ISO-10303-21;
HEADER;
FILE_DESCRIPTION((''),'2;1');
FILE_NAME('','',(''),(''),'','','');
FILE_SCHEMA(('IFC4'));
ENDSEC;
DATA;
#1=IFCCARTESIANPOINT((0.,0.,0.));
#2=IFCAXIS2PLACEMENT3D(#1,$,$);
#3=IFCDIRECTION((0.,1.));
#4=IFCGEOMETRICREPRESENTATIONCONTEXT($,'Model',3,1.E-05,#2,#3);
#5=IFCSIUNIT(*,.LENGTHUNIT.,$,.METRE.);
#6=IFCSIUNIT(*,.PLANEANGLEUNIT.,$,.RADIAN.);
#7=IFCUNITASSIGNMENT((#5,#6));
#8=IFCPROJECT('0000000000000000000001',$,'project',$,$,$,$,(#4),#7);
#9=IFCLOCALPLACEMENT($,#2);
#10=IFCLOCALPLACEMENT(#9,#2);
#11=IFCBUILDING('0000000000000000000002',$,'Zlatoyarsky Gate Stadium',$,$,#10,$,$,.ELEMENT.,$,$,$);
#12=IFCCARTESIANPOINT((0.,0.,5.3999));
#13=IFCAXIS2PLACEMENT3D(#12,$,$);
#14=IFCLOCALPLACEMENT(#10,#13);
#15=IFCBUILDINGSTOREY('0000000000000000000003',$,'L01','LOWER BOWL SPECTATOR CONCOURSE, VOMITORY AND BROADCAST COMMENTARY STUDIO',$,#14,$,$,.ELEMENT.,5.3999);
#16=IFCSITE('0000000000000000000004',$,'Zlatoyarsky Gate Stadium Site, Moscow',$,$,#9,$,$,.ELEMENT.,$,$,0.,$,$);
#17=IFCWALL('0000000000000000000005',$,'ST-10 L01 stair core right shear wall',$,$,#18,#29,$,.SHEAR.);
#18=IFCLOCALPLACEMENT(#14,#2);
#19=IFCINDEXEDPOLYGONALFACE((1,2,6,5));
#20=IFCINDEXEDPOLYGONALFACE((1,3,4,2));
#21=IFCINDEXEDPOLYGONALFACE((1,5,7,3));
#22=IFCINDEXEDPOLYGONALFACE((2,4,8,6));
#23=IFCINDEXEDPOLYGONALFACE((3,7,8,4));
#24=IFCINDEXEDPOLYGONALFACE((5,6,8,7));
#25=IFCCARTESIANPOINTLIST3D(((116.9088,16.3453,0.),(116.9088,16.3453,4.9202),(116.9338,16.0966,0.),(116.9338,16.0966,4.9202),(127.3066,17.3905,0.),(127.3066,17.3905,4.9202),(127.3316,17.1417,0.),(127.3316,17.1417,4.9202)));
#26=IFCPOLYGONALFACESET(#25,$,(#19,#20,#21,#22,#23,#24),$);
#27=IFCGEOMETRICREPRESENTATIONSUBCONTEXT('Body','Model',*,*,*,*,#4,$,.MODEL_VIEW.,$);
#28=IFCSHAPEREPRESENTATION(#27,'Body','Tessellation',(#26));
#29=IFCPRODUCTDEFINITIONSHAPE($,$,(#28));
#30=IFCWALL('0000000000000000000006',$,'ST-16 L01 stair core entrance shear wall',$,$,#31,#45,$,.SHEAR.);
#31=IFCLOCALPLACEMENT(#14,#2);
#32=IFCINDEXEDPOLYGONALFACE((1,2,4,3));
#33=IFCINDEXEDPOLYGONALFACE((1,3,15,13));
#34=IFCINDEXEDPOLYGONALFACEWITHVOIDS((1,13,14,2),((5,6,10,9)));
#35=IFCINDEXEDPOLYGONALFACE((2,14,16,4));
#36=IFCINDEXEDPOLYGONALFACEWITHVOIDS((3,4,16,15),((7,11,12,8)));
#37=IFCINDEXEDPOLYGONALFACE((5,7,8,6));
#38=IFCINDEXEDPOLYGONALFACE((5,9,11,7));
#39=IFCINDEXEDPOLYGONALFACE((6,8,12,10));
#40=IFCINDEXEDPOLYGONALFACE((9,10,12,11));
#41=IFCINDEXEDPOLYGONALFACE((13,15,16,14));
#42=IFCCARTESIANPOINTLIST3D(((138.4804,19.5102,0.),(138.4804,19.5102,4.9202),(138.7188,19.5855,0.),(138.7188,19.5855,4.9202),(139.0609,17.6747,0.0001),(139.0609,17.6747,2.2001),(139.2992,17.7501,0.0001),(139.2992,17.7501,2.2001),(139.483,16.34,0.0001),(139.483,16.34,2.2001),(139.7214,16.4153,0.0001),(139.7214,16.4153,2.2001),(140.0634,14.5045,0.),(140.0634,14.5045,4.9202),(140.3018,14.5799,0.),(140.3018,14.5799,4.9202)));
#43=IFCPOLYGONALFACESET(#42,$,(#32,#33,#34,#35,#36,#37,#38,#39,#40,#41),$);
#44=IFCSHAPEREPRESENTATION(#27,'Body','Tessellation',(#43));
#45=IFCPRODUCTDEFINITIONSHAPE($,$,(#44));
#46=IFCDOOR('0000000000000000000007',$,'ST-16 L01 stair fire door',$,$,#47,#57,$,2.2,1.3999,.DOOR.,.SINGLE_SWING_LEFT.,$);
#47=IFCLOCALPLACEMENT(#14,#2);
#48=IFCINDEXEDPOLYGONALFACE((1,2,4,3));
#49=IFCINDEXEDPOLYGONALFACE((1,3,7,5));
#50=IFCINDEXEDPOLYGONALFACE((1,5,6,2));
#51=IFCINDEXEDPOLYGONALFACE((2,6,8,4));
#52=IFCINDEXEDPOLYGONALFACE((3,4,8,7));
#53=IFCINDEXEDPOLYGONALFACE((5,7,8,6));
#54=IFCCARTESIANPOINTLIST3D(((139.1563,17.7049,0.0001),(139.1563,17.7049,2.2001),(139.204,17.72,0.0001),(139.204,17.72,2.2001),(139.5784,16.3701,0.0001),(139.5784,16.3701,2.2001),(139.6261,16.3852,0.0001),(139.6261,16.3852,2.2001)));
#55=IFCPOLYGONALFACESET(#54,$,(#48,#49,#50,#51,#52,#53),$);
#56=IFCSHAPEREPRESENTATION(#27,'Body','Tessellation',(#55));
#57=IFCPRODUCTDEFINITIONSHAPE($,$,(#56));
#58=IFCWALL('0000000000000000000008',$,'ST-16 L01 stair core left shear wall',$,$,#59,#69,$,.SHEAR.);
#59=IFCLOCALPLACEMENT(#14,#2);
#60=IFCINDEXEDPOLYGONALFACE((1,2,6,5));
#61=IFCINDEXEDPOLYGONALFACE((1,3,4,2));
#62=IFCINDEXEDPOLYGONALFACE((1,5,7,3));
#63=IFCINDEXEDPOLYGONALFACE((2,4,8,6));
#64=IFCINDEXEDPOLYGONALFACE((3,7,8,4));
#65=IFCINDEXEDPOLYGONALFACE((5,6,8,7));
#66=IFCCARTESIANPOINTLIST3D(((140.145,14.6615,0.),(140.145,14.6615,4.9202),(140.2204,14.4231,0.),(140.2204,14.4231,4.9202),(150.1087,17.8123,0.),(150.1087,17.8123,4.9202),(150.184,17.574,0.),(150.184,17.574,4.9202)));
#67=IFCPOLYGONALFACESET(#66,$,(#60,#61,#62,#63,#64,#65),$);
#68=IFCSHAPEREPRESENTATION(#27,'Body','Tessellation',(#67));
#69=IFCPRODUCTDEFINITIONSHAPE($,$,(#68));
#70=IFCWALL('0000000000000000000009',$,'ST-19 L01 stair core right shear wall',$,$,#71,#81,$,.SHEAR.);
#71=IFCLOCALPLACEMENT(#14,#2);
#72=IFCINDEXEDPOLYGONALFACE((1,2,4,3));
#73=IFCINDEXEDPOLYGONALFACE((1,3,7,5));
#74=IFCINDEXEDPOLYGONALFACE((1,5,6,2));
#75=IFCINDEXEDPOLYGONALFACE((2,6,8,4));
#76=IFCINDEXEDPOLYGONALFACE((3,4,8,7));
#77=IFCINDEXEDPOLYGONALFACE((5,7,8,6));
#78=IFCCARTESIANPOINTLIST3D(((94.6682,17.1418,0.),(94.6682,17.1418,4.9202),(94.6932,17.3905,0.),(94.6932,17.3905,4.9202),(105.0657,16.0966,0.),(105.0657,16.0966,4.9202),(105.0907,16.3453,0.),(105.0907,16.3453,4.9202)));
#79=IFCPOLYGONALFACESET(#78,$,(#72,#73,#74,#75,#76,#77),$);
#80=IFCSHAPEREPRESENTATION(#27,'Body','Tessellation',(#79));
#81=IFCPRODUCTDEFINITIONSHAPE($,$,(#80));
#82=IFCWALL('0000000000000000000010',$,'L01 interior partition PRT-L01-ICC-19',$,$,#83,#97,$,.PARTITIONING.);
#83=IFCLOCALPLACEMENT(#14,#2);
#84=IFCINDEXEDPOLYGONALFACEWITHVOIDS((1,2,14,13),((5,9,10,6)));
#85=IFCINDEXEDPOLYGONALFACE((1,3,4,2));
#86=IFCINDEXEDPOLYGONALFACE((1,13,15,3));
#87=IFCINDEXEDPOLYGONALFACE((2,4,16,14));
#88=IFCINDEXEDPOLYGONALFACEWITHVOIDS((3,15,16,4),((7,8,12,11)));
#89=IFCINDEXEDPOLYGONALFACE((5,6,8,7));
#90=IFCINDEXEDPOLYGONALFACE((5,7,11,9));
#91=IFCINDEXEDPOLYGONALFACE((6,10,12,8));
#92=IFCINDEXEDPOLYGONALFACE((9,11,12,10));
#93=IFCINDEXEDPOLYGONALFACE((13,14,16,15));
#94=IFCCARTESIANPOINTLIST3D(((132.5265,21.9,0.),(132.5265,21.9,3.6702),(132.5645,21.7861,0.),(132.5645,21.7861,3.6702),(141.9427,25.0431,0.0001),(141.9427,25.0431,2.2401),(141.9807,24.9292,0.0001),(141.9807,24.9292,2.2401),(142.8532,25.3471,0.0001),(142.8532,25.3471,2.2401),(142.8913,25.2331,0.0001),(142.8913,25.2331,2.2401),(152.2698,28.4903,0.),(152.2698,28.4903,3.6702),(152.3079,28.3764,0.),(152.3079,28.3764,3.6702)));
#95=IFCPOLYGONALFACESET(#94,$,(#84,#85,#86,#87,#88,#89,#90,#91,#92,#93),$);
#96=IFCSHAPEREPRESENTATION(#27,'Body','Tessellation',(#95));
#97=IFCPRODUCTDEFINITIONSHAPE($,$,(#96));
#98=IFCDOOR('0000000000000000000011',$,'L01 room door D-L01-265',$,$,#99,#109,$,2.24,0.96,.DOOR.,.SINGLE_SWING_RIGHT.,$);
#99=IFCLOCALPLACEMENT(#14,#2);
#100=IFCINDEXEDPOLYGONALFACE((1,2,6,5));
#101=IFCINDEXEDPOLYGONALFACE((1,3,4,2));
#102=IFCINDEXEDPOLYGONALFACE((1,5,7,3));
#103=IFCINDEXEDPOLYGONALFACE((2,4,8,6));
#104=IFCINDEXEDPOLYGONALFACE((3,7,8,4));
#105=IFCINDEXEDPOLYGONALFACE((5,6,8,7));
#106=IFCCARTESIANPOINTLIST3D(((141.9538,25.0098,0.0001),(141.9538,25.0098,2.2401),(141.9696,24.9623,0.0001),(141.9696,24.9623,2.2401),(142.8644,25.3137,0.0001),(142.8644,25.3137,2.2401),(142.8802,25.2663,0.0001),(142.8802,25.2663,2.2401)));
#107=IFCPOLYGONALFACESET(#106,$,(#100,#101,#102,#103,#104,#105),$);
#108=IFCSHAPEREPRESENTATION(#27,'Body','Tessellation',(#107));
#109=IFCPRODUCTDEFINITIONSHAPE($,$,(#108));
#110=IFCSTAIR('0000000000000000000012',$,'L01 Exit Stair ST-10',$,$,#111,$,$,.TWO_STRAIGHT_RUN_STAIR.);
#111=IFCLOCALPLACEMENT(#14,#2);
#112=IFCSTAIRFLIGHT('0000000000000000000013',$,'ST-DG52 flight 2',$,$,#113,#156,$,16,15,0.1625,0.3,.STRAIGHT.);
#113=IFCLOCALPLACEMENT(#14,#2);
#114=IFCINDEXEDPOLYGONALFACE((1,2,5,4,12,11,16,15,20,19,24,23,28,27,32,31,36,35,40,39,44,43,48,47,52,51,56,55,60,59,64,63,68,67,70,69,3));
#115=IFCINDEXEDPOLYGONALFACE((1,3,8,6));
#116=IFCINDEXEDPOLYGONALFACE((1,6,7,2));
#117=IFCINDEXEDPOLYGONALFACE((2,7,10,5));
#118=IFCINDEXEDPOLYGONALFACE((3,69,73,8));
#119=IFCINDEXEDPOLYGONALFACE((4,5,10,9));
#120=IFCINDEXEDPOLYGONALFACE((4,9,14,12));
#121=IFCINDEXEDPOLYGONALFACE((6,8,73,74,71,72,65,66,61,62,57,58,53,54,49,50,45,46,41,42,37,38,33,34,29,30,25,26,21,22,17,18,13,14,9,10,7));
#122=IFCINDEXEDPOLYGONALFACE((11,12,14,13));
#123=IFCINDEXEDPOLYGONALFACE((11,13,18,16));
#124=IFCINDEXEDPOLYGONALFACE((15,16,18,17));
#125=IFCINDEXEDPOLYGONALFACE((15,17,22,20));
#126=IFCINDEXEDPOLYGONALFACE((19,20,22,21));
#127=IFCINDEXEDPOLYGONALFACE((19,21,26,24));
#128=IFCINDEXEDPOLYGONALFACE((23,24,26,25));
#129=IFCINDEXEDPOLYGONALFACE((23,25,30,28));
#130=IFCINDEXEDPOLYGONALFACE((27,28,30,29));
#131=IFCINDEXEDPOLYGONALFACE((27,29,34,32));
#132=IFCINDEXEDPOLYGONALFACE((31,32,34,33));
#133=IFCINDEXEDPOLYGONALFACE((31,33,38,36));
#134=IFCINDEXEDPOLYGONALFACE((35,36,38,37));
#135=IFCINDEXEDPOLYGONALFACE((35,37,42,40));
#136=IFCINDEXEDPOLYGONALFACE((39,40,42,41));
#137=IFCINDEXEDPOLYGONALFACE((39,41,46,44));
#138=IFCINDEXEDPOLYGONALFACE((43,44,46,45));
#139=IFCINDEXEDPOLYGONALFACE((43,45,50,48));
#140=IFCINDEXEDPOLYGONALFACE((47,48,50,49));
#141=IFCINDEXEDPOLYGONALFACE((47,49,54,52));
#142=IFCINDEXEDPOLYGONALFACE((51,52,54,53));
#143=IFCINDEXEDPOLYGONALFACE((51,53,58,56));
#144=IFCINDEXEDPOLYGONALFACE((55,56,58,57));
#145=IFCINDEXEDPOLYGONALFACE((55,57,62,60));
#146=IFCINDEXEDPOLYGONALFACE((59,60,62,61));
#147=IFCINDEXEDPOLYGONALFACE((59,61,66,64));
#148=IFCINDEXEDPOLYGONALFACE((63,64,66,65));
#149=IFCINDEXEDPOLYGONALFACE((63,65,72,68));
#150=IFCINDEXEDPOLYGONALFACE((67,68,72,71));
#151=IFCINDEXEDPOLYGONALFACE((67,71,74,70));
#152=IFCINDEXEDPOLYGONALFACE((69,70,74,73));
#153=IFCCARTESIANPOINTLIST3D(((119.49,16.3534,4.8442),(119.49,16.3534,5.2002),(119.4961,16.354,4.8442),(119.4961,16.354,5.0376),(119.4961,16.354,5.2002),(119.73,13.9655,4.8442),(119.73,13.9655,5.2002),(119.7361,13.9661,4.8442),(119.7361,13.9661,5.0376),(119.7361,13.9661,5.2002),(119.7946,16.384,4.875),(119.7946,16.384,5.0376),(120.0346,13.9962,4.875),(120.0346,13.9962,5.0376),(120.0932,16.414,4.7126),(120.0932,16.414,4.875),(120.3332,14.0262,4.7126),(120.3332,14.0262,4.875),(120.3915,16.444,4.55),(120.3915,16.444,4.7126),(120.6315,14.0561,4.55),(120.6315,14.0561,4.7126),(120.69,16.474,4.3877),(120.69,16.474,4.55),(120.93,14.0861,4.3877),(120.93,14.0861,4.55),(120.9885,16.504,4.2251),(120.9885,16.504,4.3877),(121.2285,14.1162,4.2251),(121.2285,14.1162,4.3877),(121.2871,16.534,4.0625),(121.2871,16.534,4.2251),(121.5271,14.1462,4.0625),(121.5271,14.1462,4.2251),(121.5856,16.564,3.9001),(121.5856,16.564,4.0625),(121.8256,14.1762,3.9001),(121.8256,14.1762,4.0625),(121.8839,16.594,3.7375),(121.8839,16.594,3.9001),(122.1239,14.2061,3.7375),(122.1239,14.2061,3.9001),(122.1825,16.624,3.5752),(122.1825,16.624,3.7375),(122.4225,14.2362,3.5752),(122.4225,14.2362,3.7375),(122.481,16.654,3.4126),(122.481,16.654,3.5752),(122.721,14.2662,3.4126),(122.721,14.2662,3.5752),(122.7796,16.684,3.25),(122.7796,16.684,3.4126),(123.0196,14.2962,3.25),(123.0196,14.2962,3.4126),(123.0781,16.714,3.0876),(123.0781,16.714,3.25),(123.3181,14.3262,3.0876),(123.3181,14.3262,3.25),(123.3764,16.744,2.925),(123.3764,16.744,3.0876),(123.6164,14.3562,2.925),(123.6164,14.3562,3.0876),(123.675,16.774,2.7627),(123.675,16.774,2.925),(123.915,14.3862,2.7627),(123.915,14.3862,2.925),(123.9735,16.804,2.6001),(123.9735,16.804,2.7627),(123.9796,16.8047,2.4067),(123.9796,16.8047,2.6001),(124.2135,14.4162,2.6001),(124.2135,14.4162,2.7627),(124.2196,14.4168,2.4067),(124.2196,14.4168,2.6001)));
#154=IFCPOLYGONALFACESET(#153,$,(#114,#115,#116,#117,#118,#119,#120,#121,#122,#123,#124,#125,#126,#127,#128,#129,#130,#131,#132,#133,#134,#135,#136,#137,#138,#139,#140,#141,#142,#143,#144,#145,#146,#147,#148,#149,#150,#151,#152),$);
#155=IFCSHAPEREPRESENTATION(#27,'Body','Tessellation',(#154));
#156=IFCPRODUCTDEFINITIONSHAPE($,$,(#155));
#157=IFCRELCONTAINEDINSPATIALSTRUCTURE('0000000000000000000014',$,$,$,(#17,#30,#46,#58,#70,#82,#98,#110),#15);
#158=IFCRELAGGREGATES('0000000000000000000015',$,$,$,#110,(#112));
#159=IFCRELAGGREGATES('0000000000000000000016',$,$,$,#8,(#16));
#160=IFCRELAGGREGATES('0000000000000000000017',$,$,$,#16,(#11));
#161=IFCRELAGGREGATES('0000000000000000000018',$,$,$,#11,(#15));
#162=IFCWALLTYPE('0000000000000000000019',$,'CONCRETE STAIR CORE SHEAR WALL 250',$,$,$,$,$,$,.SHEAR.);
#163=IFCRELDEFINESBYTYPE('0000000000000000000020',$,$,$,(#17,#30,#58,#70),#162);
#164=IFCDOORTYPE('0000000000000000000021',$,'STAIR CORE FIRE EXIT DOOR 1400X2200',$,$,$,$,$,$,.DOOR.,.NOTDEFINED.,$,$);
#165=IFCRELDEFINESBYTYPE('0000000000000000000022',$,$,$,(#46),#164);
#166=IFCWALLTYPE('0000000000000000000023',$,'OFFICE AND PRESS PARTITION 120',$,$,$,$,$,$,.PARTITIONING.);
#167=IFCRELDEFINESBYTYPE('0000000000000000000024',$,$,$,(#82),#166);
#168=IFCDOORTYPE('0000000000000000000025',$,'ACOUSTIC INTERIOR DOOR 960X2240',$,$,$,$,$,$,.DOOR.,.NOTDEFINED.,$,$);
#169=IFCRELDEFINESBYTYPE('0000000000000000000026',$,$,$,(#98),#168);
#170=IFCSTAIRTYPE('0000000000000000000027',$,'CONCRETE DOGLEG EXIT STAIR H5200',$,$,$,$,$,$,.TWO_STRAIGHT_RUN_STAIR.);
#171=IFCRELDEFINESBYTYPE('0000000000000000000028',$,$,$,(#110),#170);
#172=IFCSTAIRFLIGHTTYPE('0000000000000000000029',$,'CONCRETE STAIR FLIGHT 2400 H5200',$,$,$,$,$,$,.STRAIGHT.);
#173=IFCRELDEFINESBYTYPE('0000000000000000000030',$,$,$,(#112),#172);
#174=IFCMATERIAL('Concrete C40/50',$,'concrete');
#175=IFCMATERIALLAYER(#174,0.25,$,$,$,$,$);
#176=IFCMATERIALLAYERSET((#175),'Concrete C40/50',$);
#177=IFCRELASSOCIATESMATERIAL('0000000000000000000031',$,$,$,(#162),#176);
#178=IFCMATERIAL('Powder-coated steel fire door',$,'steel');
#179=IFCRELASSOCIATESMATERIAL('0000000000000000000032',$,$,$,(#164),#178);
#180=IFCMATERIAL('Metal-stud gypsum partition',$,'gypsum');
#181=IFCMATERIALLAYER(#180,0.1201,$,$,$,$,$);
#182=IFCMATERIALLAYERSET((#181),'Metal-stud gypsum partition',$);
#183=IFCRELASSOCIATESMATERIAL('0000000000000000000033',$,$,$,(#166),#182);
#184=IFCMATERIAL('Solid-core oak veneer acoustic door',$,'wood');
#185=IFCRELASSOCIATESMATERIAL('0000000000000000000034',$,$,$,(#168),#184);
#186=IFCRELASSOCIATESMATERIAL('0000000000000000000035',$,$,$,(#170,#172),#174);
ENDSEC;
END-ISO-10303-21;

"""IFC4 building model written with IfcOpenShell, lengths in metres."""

from ifc_helpers import new_model, si_unit, direction, frame, frame_2d, origin, place, context, subcontext, project, spatial, polyline, rectangle, outline, extrude, material, layer, layer_set, type_object, element, fill, aggregate, save


model = new_model("IFC4")

# Units and contexts
model_context = context("Model", 3, precision=1e-05, world=origin(), true_north=direction((0.0, 1.0)))
body_context = subcontext(model_context, "Body", "Model", "MODEL_VIEW")
ifc_project = project(units=[si_unit("LENGTHUNIT", "METRE"), si_unit("PLANEANGLEUNIT", "RADIAN")], contexts=[model_context])

# Site, building, storey
site_placement = place(None, origin())
site = spatial("IfcSite", under=ifc_project, at=site_placement, Name="Zlatoyarsky Gate Stadium Site, Moscow", CompositionType="ELEMENT", RefElevation=0.0)
building_placement = place(site_placement, origin())
building = spatial("IfcBuilding", under=site, at=building_placement, Name="Zlatoyarsky Gate Stadium", CompositionType="ELEMENT")
storey_placement = place(building_placement, frame((0.0, 0.0, 5.3999)))
storey = spatial("IfcBuildingStorey", under=building, at=storey_placement, Name="L01", Description="LOWER BOWL SPECTATOR CONCOURSE, VOMITORY AND BROADCAST COMMENTARY STUDIO", CompositionType="ELEMENT", Elevation=5.3999)

# Shared definitions
ifc_material_1 = material(Name="Concrete C40/50", Category="concrete")

# Shared definitions
ifc_material_2 = material(Name="Powder-coated steel fire door", Category="steel")
ifc_layer_1 = layer(ifc_material_1, 0.25)
ifc_layer_set_1 = layer_set([ifc_layer_1], Name="Concrete C40/50")
wall_type_1 = type_object("IfcWallType", Name="CONCRETE STAIR CORE SHEAR WALL 250", PredefinedType="SHEAR", material=ifc_layer_set_1)
door_type_1 = type_object("IfcDoorType", Name="STAIR CORE FIRE EXIT DOOR 1400X2200", OperationType="NOTDEFINED", PredefinedType="DOOR", material=ifc_material_2)

# Wall
wall_1_placement = place(storey_placement, frame((127.3191, 17.2661, 0.0), z_axis=(0.0, 0.0, 1.0), x_axis=(-0.994986, -0.100015, 0.0)))
element("IfcWall", 1, at=wall_1_placement, inside=storey, type_object=wall_type_1, Name="ST-10 L01 stair core right shear wall", PredefinedType="SHEAR", context=body_context, shape_type="SweptSolid", body=[
    extrude(rectangle(XDim=10.4502, YDim=0.25, at=frame_2d((5.2251, 0.0))), origin(), (0.0, 0.0, 1.0), 4.9202),
])

# Wall, opening, door
wall_2_placement = place(storey_placement, frame((138.5996, 19.5479, 0.0), z_axis=(0.0, 0.0, 1.0), x_axis=(0.301527, -0.953457, 0.0)))
wall_2 = element("IfcWall", 2, at=wall_2_placement, inside=storey, type_object=wall_type_1, Name="ST-16 L01 stair core entrance shear wall", PredefinedType="SHEAR", context=body_context, shape_type="SweptSolid", body=[
    extrude(rectangle(XDim=5.25, YDim=0.25, at=frame_2d((2.625, 0.0))), origin(), (0.0, 0.0, 1.0), 4.9202),
])
opening_1_placement = place(wall_2_placement, frame((1.925, 0.0, 0.0)))
opening_1 = element("IfcOpeningElement", 3, at=opening_1_placement, cuts=wall_2, PredefinedType="OPENING", context=body_context, shape_type="SweptSolid", body=[
    extrude(rectangle(XDim=1.3999, YDim=2.2, at=frame_2d((0.7, 1.1001))), frame((0.0, 0.135, 0.0), z_axis=(0.0, -1.0, 0.0), x_axis=(1.0, 0.0, 0.0)), (0.0, 0.0, 1.0), 0.27),
])
door_1_placement = place(opening_1_placement, frame((1.3999, 0.0, 0.0), z_axis=(0.0, 0.0, 1.0), x_axis=(-1.0, 0.0, 0.0)))
door_1 = element("IfcDoor", 4, at=door_1_placement, inside=storey, type_object=door_type_1, Name="ST-16 L01 stair fire door", OperationType="SINGLE_SWING_LEFT", OverallHeight=2.2, OverallWidth=1.3999, PredefinedType="DOOR", context=body_context, shape_type="SweptSolid", body=[
    extrude(rectangle(XDim=1.3999, YDim=2.2, at=frame_2d((0.7, 1.1001))), frame((0.0, 0.0249, 0.0), z_axis=(0.0, -1.0, 0.0), x_axis=(1.0, 0.0, 0.0)), (0.0, 0.0, 1.0), 0.05),
])
fill(opening_1, door_1)

# Walls
for number, where, z_axis, x_axis, name in (
    (5, (140.1826, 14.5422, 0.0), (0.0, 0.0, 1.0), (0.95346, 0.30152, 0.0), "ST-16 L01 stair core left shear wall"),
    (6, (105.0784, 16.2209, 0.0), (0.0, 0.0, 1.0), (-0.994986, 0.100017, 0.0), "ST-19 L01 stair core right shear wall"),
):
    element("IfcWall", number, at=place(storey_placement, frame(where, z_axis=z_axis, x_axis=x_axis)), inside=storey, type_object=wall_type_1, Name=name, PredefinedType="SHEAR", context=body_context, shape_type="SweptSolid", body=[
        extrude(rectangle(XDim=10.45, YDim=0.25, at=frame_2d((5.2251, 0.0))), origin(), (0.0, 0.0, 1.0), 4.9202),
    ])

# Wall, opening, door
ifc_material_3 = material(Name="Metal-stud gypsum partition", Category="gypsum")
ifc_layer_2 = layer(ifc_material_3, 0.1201)
ifc_layer_set_2 = layer_set([ifc_layer_2], Name="Metal-stud gypsum partition")
wall_type_2 = type_object("IfcWallType", Name="OFFICE AND PRESS PARTITION 120", PredefinedType="PARTITIONING", material=ifc_layer_set_2)
wall_3_placement = place(storey_placement, frame((132.5454, 21.843, 0.0), z_axis=(0.0, 0.0, 1.0), x_axis=(0.948551, 0.316625, 0.0)))
wall_3 = element("IfcWall", 7, at=wall_3_placement, inside=storey, type_object=wall_type_2, Name="L01 interior partition PRT-L01-ICC-19", PredefinedType="PARTITIONING", context=body_context, shape_type="SweptSolid", body=[
    extrude(rectangle(XDim=20.8142, YDim=0.1201, at=frame_2d((10.4072, 0.0))), origin(), (0.0, 0.0, 1.0), 3.6702),
])
opening_2_placement = place(wall_3_placement, frame((9.927, 0.0, 0.0)))
opening_2 = element("IfcOpeningElement", 8, at=opening_2_placement, cuts=wall_3, PredefinedType="OPENING", context=body_context, shape_type="SweptSolid", body=[
    extrude(rectangle(XDim=0.96, YDim=2.24, at=frame_2d((0.48, 1.1201))), frame((0.0, 0.0701, 0.0), z_axis=(0.0, -1.0, 0.0), x_axis=(1.0, 0.0, 0.0)), (0.0, 0.0, 1.0), 0.1401),
])
ifc_material_4 = material(Name="Solid-core oak veneer acoustic door", Category="wood")
door_type_2 = type_object("IfcDoorType", Name="ACOUSTIC INTERIOR DOOR 960X2240", OperationType="NOTDEFINED", PredefinedType="DOOR", material=ifc_material_4)
door_2_placement = place(opening_2_placement, origin())
door_2 = element("IfcDoor", 9, at=door_2_placement, inside=storey, type_object=door_type_2, Name="L01 room door D-L01-265", OperationType="SINGLE_SWING_RIGHT", OverallHeight=2.24, OverallWidth=0.96, PredefinedType="DOOR", context=body_context, shape_type="SweptSolid", body=[
    extrude(rectangle(XDim=0.96, YDim=2.24, at=frame_2d((0.48, 1.1201))), frame((0.0, 0.0249, 0.0), z_axis=(0.0, -1.0, 0.0), x_axis=(1.0, 0.0, 0.0)), (0.0, 0.0, 1.0), 0.05),
])
fill(opening_2, door_2)

# Stair, stair flight
stair_type = type_object("IfcStairType", Name="CONCRETE DOGLEG EXIT STAIR H5200", PredefinedType="TWO_STRAIGHT_RUN_STAIR", material=ifc_material_1)
stair_1_placement = place(storey_placement, origin())
stair_1 = element("IfcStair", 10, at=stair_1_placement, inside=storey, type_object=stair_type, Name="L01 Exit Stair ST-10", PredefinedType="TWO_STRAIGHT_RUN_STAIR")
stair_flight_type = type_object("IfcStairFlightType", Name="CONCRETE STAIR FLIGHT 2400 H5200", PredefinedType="STRAIGHT", material=ifc_material_1)
stair_flight_1_placement = place(storey_placement, frame((124.0935, 15.6101, 2.6001), z_axis=(0.0, 0.0, 1.0), x_axis=(-0.994987, -0.100006, 0.0)))
stair_flight_1 = element("IfcStairFlight", 11, at=stair_flight_1_placement, type_object=stair_flight_type, Name="ST-DG52 flight 2", NumberOfRisers=16, NumberOfTreads=15, PredefinedType="STRAIGHT", RiserHeight=0.1625, TreadLength=0.3, context=body_context, shape_type="SweptSolid", body=[
    extrude(outline(polyline([(-0.0061, -0.1934), (-0.0061, 0.0), (0.0, 0.0), (0.0, 0.1626), (0.3, 0.1626), (0.3, 0.325), (0.6001, 0.325), (0.6001, 0.4875), (0.8999, 0.4875), (0.8999, 0.6499), (1.2, 0.6499), (1.2, 0.8125), (1.5, 0.8125), (1.5, 0.9751), (1.8, 0.9751), (1.8, 1.1375), (2.1001, 1.1375), (2.1001, 1.3), (2.3999, 1.3), (2.3999, 1.4624), (2.7, 1.4624), (2.7, 1.625), (3.0, 1.625), (3.0, 1.7876), (3.3, 1.7876), (3.3, 1.95), (3.6001, 1.95), (3.6001, 2.1125), (3.8999, 2.1125), (3.8999, 2.2749), (4.2, 2.2749), (4.2, 2.4375), (4.5, 2.4375), (4.5, 2.6001), (4.5061, 2.6001), (4.5061, 2.2441), (4.5, 2.2441), (-0.0061, -0.1934)])), frame((0.0, 1.2, 0.0), z_axis=(0.0, -1.0, 0.0), x_axis=(1.0, 0.0, 0.0)), (0.0, 0.0, 1.0), 2.3999),
])
aggregate(stair_1, [stair_flight_1])

save(model, "model.ifc")
